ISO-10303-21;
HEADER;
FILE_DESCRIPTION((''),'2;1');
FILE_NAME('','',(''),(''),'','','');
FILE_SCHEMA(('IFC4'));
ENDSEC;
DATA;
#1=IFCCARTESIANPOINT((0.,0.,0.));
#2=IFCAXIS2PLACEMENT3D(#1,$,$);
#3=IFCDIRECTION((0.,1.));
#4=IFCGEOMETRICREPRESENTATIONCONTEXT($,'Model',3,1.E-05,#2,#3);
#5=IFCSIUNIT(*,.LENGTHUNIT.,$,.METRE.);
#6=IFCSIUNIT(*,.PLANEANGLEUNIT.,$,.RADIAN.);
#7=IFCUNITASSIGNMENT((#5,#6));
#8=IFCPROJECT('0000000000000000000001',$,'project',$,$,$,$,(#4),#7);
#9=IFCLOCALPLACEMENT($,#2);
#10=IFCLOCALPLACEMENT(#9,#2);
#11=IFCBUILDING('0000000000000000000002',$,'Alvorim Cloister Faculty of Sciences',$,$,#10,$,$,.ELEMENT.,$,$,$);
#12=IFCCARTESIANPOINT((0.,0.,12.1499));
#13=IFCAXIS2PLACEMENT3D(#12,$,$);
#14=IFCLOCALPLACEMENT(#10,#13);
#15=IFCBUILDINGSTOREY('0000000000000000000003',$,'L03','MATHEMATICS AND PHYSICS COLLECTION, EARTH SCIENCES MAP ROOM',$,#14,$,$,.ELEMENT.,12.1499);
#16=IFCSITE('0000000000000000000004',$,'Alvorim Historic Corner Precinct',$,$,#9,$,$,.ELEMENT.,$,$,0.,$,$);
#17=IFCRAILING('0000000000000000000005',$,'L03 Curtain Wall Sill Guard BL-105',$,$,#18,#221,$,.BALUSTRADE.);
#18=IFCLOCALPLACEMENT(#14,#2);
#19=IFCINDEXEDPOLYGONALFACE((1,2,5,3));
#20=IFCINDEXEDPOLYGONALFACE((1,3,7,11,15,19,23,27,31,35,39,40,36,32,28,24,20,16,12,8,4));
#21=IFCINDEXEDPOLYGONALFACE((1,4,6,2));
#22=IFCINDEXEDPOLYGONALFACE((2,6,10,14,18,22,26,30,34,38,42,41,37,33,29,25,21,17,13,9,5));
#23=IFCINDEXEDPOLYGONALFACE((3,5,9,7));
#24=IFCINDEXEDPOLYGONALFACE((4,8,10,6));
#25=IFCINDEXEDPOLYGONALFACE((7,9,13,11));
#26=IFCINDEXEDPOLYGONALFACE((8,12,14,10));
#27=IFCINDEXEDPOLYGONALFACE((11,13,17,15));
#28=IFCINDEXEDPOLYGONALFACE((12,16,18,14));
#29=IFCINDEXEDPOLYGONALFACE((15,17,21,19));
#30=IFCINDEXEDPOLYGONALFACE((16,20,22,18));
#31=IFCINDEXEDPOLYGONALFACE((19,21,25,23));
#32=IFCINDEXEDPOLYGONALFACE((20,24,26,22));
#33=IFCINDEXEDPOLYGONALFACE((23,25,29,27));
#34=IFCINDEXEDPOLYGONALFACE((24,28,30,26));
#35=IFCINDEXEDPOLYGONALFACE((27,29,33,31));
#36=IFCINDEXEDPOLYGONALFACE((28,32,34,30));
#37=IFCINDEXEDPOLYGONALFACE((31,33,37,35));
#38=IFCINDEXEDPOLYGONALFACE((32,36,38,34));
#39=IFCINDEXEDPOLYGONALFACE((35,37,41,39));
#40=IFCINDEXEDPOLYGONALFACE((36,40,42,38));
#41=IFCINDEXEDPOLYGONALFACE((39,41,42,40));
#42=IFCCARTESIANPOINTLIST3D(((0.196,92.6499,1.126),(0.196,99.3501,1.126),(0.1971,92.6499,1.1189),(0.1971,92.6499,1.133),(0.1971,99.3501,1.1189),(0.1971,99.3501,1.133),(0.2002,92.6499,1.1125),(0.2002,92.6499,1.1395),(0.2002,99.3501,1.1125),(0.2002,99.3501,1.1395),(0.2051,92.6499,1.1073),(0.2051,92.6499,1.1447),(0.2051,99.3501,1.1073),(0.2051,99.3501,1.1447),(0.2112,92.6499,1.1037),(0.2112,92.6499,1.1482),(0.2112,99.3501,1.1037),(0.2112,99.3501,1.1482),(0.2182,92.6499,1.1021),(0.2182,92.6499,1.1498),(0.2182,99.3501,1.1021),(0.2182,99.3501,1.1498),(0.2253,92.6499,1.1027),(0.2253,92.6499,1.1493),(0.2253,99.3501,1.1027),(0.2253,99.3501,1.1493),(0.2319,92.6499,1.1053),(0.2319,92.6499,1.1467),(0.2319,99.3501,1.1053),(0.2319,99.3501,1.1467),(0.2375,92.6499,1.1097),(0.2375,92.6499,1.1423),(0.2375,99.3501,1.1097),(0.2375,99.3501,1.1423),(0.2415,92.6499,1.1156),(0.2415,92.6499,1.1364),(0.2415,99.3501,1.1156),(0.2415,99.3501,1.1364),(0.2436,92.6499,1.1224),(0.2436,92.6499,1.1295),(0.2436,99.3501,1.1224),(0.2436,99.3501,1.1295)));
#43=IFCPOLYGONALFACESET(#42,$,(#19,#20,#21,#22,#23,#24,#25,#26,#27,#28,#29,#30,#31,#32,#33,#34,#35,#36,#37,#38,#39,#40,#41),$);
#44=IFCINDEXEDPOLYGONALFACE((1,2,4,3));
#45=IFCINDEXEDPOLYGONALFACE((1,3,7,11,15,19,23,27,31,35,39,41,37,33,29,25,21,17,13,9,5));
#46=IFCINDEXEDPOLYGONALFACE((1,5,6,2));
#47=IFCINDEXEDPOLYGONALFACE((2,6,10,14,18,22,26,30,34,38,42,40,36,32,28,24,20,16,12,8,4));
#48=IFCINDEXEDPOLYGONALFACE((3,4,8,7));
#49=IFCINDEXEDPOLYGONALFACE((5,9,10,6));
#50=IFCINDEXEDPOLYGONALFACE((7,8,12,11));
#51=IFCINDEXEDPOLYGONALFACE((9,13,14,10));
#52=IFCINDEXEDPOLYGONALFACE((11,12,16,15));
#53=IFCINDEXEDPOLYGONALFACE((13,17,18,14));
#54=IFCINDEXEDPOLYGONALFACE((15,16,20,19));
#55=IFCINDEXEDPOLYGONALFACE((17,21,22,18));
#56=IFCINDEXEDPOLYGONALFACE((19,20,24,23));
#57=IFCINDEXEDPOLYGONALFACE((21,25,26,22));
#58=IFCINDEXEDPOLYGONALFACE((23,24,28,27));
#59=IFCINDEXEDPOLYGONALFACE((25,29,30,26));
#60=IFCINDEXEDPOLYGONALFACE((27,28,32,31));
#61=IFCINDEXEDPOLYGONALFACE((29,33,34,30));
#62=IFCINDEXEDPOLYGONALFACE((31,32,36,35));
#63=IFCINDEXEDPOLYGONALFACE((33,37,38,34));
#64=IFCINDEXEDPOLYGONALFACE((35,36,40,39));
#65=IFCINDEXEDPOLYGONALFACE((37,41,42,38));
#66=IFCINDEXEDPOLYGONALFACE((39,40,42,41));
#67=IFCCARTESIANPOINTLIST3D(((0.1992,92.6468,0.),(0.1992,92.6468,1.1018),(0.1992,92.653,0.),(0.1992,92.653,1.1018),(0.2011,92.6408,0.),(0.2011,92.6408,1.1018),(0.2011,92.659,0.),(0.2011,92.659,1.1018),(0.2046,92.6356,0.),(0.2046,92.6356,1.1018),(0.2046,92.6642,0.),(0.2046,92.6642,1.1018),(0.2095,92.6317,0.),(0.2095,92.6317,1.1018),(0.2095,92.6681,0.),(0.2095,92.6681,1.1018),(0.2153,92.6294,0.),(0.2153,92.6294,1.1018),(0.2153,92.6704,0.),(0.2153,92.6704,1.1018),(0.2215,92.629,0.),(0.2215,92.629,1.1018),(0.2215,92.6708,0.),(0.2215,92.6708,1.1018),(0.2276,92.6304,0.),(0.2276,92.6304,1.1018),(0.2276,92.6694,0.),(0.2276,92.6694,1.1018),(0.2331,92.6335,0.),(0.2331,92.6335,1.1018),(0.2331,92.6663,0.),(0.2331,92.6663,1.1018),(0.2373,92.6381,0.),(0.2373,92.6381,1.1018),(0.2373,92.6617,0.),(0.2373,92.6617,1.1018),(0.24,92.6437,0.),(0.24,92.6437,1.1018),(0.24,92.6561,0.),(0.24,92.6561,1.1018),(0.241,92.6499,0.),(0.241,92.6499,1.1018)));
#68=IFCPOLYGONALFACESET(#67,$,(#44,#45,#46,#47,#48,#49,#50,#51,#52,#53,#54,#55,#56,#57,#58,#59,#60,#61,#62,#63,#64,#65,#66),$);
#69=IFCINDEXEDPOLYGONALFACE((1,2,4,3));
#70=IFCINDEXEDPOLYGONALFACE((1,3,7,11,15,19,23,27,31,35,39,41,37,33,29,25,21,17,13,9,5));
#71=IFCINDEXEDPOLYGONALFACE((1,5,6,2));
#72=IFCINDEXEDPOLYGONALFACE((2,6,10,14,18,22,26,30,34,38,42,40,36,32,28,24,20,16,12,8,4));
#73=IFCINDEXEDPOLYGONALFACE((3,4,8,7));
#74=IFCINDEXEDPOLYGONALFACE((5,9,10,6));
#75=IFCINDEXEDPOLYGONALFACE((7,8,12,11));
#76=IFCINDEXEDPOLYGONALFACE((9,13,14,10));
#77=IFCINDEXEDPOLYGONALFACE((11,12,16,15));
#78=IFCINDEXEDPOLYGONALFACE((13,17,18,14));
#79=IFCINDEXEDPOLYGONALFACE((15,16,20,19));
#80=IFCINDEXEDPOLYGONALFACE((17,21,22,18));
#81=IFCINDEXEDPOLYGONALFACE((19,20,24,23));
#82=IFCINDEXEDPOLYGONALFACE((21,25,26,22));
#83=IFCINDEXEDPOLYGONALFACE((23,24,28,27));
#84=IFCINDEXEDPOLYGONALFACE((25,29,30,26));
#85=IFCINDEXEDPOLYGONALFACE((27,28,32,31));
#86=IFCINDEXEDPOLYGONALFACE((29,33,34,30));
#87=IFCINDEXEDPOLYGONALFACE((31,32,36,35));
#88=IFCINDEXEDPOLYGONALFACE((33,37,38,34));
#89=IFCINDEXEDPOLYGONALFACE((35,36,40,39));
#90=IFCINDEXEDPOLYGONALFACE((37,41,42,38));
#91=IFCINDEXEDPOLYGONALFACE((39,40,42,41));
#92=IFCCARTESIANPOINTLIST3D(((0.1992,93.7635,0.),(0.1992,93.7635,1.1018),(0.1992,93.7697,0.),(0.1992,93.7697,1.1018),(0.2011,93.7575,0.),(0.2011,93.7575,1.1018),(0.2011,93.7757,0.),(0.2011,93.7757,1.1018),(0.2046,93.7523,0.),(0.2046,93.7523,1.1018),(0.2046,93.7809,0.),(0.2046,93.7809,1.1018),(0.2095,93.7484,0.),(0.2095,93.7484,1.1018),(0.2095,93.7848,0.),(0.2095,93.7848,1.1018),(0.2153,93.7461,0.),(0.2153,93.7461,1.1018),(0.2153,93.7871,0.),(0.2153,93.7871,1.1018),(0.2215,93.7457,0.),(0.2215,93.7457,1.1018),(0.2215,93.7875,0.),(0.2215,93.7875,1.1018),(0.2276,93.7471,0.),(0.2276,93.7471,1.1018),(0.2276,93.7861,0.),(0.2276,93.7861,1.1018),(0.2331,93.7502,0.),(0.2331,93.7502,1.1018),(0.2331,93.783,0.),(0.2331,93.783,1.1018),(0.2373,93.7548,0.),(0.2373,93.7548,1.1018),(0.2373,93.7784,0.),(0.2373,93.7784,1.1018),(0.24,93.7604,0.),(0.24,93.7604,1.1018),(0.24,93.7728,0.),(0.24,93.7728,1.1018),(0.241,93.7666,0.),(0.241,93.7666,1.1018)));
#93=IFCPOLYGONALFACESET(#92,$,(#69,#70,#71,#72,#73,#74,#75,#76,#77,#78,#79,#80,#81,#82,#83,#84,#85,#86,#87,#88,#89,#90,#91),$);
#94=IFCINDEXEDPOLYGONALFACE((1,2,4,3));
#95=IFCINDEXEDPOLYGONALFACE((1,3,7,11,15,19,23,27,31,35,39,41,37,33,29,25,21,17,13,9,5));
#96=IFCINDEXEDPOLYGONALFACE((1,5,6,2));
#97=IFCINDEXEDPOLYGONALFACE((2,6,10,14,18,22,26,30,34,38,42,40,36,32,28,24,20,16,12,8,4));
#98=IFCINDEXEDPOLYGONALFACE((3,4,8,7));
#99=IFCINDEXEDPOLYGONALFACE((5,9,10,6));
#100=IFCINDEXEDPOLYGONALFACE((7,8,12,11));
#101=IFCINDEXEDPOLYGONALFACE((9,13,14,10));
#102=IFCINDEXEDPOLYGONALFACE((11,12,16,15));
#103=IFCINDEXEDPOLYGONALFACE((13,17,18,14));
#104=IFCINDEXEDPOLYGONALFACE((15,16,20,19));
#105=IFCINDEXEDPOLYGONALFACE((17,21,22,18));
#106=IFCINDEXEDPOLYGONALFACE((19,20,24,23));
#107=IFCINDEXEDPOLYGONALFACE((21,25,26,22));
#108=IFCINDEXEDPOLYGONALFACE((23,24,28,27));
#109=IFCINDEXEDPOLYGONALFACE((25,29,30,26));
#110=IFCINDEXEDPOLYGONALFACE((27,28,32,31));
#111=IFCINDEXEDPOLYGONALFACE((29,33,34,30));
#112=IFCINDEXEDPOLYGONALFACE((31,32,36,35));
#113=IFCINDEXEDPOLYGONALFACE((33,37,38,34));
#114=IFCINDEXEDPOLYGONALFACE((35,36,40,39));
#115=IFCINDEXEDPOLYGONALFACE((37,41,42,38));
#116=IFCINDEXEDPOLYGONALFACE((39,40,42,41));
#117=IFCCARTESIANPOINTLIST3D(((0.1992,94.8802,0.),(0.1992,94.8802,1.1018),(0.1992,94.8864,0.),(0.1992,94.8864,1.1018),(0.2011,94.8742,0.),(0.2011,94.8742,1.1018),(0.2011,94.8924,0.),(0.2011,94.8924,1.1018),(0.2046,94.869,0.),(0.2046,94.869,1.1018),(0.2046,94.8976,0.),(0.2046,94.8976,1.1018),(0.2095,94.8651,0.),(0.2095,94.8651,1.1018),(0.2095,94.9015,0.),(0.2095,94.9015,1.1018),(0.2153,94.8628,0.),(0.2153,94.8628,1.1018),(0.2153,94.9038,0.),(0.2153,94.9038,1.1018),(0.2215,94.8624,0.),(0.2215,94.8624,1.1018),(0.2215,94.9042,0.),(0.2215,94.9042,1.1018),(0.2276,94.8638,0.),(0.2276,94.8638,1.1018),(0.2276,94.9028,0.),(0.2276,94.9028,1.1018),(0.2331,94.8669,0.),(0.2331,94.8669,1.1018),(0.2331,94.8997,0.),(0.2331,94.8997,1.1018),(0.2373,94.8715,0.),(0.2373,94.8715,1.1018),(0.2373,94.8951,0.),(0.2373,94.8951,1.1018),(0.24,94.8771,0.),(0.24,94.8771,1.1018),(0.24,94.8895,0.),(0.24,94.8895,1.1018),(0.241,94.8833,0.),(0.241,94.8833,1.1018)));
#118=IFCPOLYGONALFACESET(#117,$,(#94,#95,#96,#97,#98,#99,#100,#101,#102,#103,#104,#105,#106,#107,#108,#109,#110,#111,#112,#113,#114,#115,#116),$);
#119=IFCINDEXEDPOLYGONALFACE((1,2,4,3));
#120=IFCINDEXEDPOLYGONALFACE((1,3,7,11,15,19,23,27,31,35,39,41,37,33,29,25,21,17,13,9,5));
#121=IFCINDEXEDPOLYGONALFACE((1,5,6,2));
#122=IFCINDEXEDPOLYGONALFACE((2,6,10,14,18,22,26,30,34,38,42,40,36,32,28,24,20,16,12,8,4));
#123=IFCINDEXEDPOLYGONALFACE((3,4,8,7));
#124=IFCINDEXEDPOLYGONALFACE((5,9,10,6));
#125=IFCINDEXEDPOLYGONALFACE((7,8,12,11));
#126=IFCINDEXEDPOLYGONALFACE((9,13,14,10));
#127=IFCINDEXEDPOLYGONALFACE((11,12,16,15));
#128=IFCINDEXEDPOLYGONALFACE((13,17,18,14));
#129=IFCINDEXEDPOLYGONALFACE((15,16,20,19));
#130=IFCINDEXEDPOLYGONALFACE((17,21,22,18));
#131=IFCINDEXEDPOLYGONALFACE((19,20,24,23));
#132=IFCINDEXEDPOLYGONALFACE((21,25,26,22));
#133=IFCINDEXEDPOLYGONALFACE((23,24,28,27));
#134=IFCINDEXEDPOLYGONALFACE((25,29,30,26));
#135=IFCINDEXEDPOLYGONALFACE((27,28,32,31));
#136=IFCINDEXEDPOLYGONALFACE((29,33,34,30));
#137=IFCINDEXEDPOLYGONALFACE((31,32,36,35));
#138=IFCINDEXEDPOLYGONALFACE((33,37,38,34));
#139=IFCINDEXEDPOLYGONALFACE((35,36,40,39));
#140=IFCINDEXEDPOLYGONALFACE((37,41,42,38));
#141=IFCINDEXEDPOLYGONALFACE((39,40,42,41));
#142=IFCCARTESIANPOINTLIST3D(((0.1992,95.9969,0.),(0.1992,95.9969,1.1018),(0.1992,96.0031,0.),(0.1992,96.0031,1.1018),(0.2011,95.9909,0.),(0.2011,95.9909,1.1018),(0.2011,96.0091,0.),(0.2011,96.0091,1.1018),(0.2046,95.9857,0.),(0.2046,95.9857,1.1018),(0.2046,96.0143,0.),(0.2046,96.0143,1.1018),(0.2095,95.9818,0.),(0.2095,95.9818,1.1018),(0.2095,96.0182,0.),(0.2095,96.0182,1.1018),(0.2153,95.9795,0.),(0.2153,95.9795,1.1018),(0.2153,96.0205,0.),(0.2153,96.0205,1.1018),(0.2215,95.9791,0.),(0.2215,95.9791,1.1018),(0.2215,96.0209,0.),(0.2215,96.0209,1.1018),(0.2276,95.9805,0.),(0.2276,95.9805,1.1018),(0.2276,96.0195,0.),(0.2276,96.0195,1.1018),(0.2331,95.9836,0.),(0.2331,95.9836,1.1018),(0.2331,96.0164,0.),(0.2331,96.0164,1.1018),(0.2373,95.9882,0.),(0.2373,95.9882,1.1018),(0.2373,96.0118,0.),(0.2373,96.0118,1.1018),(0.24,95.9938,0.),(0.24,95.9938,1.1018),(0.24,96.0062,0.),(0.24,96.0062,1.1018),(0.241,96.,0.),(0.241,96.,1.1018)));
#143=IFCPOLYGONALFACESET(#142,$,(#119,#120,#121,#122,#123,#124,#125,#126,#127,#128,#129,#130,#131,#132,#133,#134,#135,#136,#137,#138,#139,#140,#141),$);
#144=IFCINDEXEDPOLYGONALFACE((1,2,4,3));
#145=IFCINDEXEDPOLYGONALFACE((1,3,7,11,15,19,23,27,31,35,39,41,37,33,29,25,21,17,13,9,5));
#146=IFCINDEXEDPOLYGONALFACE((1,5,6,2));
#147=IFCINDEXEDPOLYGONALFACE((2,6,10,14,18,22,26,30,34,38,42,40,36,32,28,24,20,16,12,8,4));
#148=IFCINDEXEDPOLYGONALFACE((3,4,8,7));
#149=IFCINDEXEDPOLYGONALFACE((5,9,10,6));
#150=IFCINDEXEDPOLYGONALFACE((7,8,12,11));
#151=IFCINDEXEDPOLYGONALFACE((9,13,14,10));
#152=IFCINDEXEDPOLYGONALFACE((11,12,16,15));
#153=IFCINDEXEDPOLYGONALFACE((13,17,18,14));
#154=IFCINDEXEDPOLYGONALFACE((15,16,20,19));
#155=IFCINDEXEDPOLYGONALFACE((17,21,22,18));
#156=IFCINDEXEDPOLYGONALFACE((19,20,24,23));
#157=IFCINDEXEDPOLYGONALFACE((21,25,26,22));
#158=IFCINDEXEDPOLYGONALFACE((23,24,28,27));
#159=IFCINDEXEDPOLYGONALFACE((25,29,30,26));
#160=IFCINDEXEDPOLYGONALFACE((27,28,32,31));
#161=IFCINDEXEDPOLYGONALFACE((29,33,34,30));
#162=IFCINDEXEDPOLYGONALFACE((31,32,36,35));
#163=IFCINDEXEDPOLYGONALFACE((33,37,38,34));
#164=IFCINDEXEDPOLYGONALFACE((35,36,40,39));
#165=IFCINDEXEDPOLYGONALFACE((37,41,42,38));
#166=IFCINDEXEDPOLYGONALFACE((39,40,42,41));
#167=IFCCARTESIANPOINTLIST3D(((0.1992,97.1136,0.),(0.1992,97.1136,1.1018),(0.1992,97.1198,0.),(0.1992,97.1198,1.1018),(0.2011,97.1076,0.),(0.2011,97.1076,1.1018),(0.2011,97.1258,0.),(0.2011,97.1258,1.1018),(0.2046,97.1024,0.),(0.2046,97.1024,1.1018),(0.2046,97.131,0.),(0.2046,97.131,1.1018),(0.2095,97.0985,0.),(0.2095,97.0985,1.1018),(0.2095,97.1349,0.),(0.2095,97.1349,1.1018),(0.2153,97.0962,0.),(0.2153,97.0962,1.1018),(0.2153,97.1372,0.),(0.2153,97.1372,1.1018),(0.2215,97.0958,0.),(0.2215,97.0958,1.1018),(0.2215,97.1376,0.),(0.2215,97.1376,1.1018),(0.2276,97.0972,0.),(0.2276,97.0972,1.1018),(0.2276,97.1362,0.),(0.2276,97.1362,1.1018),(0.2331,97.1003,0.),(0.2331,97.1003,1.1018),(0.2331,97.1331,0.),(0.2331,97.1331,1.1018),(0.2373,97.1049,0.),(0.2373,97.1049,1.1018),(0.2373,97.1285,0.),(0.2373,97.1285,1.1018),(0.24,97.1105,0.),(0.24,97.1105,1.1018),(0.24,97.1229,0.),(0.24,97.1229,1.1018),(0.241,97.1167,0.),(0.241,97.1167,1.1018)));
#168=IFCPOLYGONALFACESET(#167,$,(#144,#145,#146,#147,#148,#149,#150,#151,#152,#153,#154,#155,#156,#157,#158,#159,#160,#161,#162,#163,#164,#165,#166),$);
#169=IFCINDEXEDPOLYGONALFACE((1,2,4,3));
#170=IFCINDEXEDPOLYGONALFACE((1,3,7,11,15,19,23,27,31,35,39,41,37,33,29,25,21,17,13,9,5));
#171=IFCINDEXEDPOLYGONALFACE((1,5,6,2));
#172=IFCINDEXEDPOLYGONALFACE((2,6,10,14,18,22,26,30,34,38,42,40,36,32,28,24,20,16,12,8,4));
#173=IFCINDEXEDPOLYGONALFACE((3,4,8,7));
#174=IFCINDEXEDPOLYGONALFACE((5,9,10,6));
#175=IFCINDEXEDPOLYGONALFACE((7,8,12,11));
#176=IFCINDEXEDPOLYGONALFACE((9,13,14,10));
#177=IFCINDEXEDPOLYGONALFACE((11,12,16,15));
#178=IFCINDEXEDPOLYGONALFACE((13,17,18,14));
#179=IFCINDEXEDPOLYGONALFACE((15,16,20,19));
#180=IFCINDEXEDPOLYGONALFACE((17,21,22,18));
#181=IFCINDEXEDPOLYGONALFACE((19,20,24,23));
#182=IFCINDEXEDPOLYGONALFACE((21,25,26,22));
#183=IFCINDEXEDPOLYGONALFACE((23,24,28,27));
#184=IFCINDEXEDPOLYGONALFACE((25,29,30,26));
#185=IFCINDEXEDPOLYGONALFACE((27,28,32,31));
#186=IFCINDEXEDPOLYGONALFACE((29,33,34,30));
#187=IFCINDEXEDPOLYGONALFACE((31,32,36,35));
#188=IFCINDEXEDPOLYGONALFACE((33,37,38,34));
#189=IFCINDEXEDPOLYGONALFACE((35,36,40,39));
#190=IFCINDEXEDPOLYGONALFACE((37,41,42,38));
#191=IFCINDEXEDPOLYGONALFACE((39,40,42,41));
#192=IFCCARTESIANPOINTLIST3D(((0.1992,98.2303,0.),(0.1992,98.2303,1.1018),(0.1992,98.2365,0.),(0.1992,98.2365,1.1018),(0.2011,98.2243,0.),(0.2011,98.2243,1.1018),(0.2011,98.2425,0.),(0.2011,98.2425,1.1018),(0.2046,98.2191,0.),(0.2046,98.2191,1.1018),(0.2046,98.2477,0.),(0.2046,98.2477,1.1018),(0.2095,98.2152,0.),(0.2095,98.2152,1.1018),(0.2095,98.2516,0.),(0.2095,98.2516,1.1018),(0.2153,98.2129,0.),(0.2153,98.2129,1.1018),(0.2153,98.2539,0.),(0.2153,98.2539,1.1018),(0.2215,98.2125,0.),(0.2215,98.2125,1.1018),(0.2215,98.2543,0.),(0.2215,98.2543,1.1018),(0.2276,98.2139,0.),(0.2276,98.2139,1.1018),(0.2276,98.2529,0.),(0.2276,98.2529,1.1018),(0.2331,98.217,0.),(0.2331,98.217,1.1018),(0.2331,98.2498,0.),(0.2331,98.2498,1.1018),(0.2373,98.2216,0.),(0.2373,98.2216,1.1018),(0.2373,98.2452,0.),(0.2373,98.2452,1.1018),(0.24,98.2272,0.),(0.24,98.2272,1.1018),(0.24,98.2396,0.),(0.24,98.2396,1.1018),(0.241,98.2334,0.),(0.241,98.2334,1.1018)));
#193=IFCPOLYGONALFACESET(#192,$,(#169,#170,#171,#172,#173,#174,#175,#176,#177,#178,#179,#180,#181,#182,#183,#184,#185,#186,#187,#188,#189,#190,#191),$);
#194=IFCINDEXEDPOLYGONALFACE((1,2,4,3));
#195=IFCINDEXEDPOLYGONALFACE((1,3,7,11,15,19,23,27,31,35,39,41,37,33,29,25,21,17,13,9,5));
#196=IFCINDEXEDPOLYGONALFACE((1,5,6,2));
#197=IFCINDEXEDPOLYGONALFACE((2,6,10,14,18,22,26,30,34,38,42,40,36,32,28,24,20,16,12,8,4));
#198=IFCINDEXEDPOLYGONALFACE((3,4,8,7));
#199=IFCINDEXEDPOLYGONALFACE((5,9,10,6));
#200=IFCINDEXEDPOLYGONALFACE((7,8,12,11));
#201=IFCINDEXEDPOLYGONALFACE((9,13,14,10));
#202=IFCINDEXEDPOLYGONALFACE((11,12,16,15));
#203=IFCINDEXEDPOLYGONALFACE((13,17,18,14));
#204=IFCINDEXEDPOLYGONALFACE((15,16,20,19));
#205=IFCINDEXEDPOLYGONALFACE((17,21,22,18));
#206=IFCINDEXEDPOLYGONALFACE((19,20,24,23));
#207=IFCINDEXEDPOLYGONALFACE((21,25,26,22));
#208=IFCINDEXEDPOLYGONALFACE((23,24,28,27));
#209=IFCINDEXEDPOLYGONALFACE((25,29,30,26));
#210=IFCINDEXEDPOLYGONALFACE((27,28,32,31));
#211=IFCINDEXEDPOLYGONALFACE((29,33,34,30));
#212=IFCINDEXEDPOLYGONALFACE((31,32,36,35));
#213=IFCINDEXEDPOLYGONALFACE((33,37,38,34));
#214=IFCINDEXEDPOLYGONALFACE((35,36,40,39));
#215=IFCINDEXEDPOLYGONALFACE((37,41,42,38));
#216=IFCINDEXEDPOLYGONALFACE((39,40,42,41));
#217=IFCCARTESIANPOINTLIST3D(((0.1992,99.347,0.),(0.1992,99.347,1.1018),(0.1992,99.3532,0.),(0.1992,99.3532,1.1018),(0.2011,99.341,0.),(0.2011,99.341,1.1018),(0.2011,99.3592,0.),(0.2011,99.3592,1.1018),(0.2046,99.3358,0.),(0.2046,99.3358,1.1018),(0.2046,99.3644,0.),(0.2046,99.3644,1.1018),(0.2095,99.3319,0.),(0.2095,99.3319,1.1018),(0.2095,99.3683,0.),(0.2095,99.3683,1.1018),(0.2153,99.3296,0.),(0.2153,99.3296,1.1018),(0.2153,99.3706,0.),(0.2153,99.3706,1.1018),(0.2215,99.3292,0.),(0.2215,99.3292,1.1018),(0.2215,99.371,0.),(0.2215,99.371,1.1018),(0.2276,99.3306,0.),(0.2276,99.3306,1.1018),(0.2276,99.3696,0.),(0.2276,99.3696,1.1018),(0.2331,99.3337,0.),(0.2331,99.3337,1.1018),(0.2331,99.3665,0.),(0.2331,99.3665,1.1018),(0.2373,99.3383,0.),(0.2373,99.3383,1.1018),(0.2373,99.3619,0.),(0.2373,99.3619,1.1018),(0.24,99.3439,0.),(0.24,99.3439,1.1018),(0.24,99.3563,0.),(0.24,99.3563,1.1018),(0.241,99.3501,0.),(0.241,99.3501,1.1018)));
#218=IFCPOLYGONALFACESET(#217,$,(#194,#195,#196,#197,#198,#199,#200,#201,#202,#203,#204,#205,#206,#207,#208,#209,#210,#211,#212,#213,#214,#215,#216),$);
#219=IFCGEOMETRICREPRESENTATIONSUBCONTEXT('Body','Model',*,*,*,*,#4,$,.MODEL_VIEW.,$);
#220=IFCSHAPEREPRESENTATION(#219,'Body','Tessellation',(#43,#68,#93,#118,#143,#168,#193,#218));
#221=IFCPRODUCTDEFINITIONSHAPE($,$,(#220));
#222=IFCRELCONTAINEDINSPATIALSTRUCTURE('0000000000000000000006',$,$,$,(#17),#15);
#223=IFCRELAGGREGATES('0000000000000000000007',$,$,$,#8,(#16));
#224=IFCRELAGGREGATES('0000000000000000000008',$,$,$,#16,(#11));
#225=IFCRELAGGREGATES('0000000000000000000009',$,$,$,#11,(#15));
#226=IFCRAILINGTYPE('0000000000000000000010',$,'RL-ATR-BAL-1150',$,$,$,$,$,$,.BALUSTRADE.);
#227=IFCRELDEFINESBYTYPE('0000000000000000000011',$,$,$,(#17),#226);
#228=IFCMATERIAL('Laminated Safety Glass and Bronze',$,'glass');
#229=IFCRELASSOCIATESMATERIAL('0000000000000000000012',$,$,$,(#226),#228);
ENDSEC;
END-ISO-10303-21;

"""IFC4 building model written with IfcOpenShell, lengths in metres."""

from ifc_helpers import new_model, si_unit, direction, frame, origin, origin_2d, place, context, subcontext, project, spatial, circle, extrude, material, type_object, element, save


model = new_model("IFC4")

# Units and contexts
model_context = context("Model", 3, precision=1e-05, world=origin(), true_north=direction((0.0, 1.0)))
body_context = subcontext(model_context, "Body", "Model", "MODEL_VIEW")
ifc_project = project(units=[si_unit("LENGTHUNIT", "METRE"), si_unit("PLANEANGLEUNIT", "RADIAN")], contexts=[model_context])

# Site, building, storey
site_placement = place(None, origin())
site = spatial("IfcSite", under=ifc_project, at=site_placement, Name="Alvorim Historic Corner Precinct", CompositionType="ELEMENT", RefElevation=0.0)
building_placement = place(site_placement, origin())
building = spatial("IfcBuilding", under=site, at=building_placement, Name="Alvorim Cloister Faculty of Sciences", CompositionType="ELEMENT")
storey_placement = place(building_placement, frame((0.0, 0.0, 12.1499)))
storey = spatial("IfcBuildingStorey", under=building, at=storey_placement, Name="L03", Description="MATHEMATICS AND PHYSICS COLLECTION, EARTH SCIENCES MAP ROOM", CompositionType="ELEMENT", Elevation=12.1499)

# Railing
ifc_material_1 = material(Name="Laminated Safety Glass and Bronze", Category="glass")
railing_type = type_object("IfcRailingType", Name="RL-ATR-BAL-1150", PredefinedType="BALUSTRADE", material=ifc_material_1)
railing_placement = place(storey_placement, frame((0.22, 92.6499, 0.0)))
element("IfcRailing", 1, at=railing_placement, inside=storey, type_object=railing_type, Name="L03 Curtain Wall Sill Guard BL-105", PredefinedType="BALUSTRADE", context=body_context, shape_type="SweptSolid", body=[
    extrude(circle(Radius=0.0239, at=origin_2d()), frame((0.0, 0.0, 1.126), z_axis=(0.0, 1.0, 0.0), x_axis=(-1.0, 0.0, 0.0)), (0.0, 0.0, 1.0), 6.7002),
    extrude(circle(Radius=0.021, at=origin_2d()), origin(), (0.0, 0.0, 1.0), 1.1018),
    extrude(circle(Radius=0.021, at=origin_2d()), frame((0.0, 1.1167, 0.0)), (0.0, 0.0, 1.0), 1.1018),
    extrude(circle(Radius=0.021, at=origin_2d()), frame((0.0, 2.2334, 0.0)), (0.0, 0.0, 1.0), 1.1018),
    extrude(circle(Radius=0.021, at=origin_2d()), frame((0.0, 3.3501, 0.0)), (0.0, 0.0, 1.0), 1.1018),
    extrude(circle(Radius=0.021, at=origin_2d()), frame((0.0, 4.4668, 0.0)), (0.0, 0.0, 1.0), 1.1018),
    extrude(circle(Radius=0.021, at=origin_2d()), frame((0.0, 5.5835, 0.0)), (0.0, 0.0, 1.0), 1.1018),
    extrude(circle(Radius=0.021, at=origin_2d()), frame((0.0, 6.7002, 0.0)), (0.0, 0.0, 1.0), 1.1018),
])

save(model, "model.ifc")
